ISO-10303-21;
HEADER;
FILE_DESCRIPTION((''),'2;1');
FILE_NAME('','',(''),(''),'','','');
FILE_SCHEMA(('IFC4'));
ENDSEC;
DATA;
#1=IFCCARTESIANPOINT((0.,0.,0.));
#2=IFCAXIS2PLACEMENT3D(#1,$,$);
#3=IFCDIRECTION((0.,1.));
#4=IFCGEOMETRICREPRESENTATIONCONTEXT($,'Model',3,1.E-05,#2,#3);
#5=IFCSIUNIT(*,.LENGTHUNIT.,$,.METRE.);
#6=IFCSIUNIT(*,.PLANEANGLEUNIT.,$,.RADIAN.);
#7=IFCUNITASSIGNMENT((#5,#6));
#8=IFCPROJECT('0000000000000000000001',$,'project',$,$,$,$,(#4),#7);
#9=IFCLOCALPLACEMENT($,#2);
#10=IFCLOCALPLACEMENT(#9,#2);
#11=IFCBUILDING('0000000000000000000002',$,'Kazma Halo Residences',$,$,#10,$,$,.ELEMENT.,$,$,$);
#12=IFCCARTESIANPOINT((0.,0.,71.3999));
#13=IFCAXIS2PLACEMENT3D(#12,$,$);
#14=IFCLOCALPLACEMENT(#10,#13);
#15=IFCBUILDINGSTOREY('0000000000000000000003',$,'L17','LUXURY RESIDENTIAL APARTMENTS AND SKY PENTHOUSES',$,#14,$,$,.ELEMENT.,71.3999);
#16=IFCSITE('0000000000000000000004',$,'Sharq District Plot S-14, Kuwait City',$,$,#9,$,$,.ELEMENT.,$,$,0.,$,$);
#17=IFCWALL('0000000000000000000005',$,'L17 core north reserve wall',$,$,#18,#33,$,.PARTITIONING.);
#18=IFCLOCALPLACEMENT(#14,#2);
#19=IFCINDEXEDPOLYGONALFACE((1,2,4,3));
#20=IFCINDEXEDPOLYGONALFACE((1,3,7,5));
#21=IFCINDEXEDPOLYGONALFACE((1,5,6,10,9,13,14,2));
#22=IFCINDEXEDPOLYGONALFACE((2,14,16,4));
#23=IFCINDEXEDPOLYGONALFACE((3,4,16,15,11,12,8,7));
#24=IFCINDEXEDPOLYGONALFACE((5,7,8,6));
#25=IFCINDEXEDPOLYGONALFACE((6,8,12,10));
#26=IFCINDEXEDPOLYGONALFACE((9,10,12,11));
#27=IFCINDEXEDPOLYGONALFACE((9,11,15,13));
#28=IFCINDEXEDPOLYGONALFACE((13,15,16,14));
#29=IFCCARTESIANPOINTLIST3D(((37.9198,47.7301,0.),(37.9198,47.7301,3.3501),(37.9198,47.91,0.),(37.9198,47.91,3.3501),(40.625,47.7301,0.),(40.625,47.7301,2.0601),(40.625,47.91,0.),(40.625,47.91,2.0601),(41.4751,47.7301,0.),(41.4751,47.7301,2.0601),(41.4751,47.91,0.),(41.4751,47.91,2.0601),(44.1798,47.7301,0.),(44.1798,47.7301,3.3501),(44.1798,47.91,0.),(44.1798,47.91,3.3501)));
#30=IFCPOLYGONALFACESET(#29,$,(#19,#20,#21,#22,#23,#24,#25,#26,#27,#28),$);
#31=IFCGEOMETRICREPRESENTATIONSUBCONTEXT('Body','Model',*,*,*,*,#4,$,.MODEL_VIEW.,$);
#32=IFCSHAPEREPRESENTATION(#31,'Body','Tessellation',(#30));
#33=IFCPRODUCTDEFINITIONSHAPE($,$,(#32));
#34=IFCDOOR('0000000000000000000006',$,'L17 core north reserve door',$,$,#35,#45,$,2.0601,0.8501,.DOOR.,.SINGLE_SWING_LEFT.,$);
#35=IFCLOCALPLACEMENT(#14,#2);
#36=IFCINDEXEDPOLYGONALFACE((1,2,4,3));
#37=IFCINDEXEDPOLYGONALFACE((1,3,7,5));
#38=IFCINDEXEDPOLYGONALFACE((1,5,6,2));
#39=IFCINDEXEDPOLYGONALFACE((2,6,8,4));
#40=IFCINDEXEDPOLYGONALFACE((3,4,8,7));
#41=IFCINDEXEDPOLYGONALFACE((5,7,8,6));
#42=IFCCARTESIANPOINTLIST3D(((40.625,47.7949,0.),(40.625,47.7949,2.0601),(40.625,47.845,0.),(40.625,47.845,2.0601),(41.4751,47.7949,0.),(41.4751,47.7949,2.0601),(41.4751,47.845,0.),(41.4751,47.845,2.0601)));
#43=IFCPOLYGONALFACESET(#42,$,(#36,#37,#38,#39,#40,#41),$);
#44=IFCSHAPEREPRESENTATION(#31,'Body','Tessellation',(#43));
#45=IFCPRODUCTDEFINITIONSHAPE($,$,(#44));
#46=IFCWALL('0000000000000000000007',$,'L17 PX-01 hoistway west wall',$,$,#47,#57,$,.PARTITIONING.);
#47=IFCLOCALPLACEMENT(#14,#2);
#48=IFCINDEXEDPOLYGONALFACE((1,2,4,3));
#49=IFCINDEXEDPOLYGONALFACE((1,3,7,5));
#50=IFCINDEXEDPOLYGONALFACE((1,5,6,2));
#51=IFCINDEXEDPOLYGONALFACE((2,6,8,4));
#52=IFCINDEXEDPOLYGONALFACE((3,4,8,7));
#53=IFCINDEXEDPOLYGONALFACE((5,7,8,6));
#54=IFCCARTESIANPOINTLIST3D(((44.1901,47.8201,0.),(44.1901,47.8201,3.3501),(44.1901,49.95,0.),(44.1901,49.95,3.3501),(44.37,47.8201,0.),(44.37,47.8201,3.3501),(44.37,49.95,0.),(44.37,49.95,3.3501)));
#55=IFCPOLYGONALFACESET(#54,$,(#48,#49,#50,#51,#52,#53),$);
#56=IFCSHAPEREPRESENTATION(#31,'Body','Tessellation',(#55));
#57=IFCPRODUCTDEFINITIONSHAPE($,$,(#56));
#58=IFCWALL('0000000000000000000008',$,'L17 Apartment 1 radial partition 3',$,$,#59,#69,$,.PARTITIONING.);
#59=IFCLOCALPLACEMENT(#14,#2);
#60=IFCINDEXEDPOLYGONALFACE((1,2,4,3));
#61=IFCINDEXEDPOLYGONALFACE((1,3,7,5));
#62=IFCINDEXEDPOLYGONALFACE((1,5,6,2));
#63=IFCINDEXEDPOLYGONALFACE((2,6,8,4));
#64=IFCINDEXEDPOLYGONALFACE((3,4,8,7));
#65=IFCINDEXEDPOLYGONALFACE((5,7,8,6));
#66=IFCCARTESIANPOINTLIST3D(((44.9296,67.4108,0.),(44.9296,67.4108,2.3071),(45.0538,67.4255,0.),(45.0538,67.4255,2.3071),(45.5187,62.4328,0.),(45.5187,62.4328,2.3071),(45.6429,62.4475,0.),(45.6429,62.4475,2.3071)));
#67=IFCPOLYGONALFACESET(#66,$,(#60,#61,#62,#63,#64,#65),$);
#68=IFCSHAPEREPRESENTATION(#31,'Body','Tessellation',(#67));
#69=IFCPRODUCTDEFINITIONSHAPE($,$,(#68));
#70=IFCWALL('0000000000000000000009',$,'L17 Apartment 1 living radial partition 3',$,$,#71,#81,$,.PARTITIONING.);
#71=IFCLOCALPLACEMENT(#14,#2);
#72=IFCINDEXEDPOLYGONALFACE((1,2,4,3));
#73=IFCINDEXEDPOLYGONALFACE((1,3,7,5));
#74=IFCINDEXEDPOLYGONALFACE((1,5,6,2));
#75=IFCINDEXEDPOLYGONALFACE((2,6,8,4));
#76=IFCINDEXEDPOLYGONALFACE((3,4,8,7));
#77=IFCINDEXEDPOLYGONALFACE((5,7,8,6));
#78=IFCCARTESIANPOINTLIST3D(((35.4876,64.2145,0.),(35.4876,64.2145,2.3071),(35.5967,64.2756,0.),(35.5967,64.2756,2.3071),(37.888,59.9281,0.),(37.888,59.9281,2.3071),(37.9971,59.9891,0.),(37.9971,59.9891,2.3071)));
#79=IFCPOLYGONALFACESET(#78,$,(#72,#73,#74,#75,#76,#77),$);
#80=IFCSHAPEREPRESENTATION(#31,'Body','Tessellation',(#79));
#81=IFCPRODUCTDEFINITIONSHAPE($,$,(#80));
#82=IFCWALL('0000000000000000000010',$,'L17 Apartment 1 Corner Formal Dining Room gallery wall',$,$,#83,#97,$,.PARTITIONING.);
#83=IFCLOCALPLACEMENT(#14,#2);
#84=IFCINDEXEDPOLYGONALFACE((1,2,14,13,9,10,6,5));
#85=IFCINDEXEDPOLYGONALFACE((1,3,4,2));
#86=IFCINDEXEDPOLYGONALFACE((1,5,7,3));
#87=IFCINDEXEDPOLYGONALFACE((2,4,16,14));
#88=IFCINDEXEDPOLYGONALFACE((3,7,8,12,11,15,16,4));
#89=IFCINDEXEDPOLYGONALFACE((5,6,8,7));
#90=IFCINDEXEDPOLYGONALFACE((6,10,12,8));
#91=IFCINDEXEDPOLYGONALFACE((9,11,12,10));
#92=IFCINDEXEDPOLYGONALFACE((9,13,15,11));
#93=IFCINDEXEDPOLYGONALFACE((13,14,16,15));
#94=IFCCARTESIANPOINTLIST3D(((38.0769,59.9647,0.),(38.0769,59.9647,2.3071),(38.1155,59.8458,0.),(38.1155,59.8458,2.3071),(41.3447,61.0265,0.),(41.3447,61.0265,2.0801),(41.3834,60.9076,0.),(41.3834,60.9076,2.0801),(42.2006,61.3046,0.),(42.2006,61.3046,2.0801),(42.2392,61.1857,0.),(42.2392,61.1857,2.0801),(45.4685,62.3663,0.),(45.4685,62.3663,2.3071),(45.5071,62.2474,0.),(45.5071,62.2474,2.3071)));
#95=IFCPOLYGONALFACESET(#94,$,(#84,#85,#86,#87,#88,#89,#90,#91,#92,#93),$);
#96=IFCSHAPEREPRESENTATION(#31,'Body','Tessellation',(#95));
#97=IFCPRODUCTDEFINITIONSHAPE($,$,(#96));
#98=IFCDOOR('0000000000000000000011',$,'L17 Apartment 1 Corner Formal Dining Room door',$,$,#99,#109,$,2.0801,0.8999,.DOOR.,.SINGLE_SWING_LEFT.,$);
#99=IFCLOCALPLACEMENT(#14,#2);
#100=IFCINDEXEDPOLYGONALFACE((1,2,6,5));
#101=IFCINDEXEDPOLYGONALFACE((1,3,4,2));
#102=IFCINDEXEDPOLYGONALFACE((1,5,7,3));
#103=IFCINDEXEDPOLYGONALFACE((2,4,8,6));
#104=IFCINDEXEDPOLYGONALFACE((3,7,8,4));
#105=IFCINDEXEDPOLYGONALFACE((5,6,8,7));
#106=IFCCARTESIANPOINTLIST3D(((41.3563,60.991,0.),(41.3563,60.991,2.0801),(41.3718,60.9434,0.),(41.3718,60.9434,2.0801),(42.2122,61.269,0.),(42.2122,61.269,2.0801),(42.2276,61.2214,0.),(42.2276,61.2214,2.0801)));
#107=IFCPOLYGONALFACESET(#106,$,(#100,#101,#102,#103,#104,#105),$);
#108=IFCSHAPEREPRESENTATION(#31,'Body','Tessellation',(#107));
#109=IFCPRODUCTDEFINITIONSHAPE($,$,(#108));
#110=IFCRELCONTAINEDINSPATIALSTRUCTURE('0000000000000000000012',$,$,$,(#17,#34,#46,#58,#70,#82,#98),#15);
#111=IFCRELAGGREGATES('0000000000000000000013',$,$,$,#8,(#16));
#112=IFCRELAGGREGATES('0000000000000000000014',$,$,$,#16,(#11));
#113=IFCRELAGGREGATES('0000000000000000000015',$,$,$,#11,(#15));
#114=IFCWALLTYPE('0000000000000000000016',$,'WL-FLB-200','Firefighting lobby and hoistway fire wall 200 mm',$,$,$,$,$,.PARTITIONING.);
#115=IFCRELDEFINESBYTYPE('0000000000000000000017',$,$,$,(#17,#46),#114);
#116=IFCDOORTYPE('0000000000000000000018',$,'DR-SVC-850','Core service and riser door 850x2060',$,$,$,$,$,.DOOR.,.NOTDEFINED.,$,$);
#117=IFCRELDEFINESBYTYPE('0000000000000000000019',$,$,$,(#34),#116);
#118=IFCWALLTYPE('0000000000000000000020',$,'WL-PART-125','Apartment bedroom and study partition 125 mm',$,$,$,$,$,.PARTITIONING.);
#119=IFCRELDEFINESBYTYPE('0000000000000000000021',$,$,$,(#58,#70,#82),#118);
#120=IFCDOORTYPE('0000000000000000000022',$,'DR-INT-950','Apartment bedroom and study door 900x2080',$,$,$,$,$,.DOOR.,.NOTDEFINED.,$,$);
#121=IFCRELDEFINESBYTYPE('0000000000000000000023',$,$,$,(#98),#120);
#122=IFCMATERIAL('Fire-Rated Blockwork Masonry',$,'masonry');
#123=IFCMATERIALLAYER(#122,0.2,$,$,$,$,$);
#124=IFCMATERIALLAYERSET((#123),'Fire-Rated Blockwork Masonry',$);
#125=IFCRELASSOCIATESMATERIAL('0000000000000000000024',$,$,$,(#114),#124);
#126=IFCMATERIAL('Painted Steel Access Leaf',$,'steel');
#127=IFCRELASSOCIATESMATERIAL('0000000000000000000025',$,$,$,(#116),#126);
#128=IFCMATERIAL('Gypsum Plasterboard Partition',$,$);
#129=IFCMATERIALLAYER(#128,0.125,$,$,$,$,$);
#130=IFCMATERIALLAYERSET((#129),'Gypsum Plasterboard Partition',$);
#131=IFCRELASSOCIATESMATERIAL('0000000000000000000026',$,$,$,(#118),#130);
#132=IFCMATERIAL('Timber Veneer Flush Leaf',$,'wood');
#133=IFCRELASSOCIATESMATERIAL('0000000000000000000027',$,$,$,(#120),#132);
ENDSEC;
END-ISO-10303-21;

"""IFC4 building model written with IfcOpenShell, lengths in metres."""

from ifc_helpers import new_model, si_unit, direction, frame, frame_2d, origin, place, context, subcontext, project, spatial, rectangle, extrude, material, layer, layer_set, type_object, element, fill, save


model = new_model("IFC4")

# Units and contexts
model_context = context("Model", 3, precision=1e-05, world=origin(), true_north=direction((0.0, 1.0)))
body_context = subcontext(model_context, "Body", "Model", "MODEL_VIEW")
ifc_project = project(units=[si_unit("LENGTHUNIT", "METRE"), si_unit("PLANEANGLEUNIT", "RADIAN")], contexts=[model_context])

# Site, building, storey
site_placement = place(None, origin())
site = spatial("IfcSite", under=ifc_project, at=site_placement, Name="Sharq District Plot S-14, Kuwait City", CompositionType="ELEMENT", RefElevation=0.0)
building_placement = place(site_placement, origin())
building = spatial("IfcBuilding", under=site, at=building_placement, Name="Kazma Halo Residences", CompositionType="ELEMENT")
storey_placement = place(building_placement, frame((0.0, 0.0, 71.3999)))
storey = spatial("IfcBuildingStorey", under=building, at=storey_placement, Name="L17", Description="LUXURY RESIDENTIAL APARTMENTS AND SKY PENTHOUSES", CompositionType="ELEMENT", Elevation=71.3999)

# Shared definitions
ifc_material_1 = material(Name="Fire-Rated Blockwork Masonry", Category="masonry")
ifc_layer_1 = layer(ifc_material_1, 0.2)
ifc_layer_set_1 = layer_set([ifc_layer_1], Name="Fire-Rated Blockwork Masonry")
wall_type_1 = type_object("IfcWallType", Name="WL-FLB-200", Description="Firefighting lobby and hoistway fire wall 200 mm", PredefinedType="PARTITIONING", material=ifc_layer_set_1)

# Wall, opening, door
wall_1_placement = place(storey_placement, frame((37.9199, 47.8201, 0.0), z_axis=(0.0, 0.0, 1.0), x_axis=(1.0, 0.0, 0.0)))
wall_1 = element("IfcWall", 1, at=wall_1_placement, inside=storey, type_object=wall_type_1, Name="L17 core north reserve wall", PredefinedType="PARTITIONING", context=body_context, shape_type="SweptSolid", body=[
    extrude(rectangle(XDim=6.26, YDim=0.1799, at=frame_2d((3.1299, 0.0))), origin(), (0.0, 0.0, 1.0), 3.3501),
])
opening_1_placement = place(wall_1_placement, frame((2.7051, 0.0, 0.0)))
opening_1 = element("IfcOpeningElement", 2, at=opening_1_placement, cuts=wall_1, PredefinedType="OPENING", context=body_context, shape_type="SweptSolid", body=[
    extrude(rectangle(XDim=0.8501, YDim=2.0601, at=frame_2d((0.425, 1.03))), frame((0.0, 0.0999, 0.0), z_axis=(0.0, -1.0, 0.0), x_axis=(1.0, 0.0, 0.0)), (0.0, 0.0, 1.0), 0.2),
])
ifc_material_2 = material(Name="Painted Steel Access Leaf", Category="steel")
door_type_1 = type_object("IfcDoorType", Name="DR-SVC-850", Description="Core service and riser door 850x2060", OperationType="NOTDEFINED", PredefinedType="DOOR", material=ifc_material_2)
door_1_placement = place(opening_1_placement, origin())
door_1 = element("IfcDoor", 3, at=door_1_placement, inside=storey, type_object=door_type_1, Name="L17 core north reserve door", OperationType="SINGLE_SWING_LEFT", OverallHeight=2.0601, OverallWidth=0.8501, PredefinedType="DOOR", context=body_context, shape_type="SweptSolid", body=[
    extrude(rectangle(XDim=0.8501, YDim=2.0601, at=frame_2d((0.425, 1.03))), frame((0.0, 0.0249, 0.0), z_axis=(0.0, -1.0, 0.0), x_axis=(1.0, 0.0, 0.0)), (0.0, 0.0, 1.0), 0.05),
])
fill(opening_1, door_1)

# Walls
wall_2_placement = place(storey_placement, frame((44.28, 47.8201, 0.0), z_axis=(0.0, 0.0, 1.0), x_axis=(0.0, 1.0, 0.0)))
element("IfcWall", 4, at=wall_2_placement, inside=storey, type_object=wall_type_1, Name="L17 PX-01 hoistway west wall", PredefinedType="PARTITIONING", context=body_context, shape_type="SweptSolid", body=[
    extrude(rectangle(XDim=2.1299, YDim=0.1799, at=frame_2d((1.0649, 0.0))), origin(), (0.0, 0.0, 1.0), 3.3501),
])
ifc_material_3 = material(Name="Gypsum Plasterboard Partition")
ifc_layer_2 = layer(ifc_material_3, 0.125)
ifc_layer_set_2 = layer_set([ifc_layer_2], Name="Gypsum Plasterboard Partition")
wall_type_2 = type_object("IfcWallType", Name="WL-PART-125", Description="Apartment bedroom and study partition 125 mm", PredefinedType="PARTITIONING", material=ifc_layer_set_2)
wall_3_placement = place(storey_placement, frame((45.5808, 62.4402, 0.0), z_axis=(0.0, 0.0, 1.0), x_axis=(-0.117522, 0.99307, 0.0)))
element("IfcWall", 5, at=wall_3_placement, inside=storey, type_object=wall_type_2, Name="L17 Apartment 1 radial partition 3", PredefinedType="PARTITIONING", context=body_context, shape_type="SweptSolid", body=[
    extrude(rectangle(XDim=5.0127, YDim=0.125, at=frame_2d((2.5063, 0.0))), origin(), (0.0, 0.0, 1.0), 2.3071),
])
wall_4_placement = place(storey_placement, frame((37.9426, 59.9585, 0.0), z_axis=(0.0, 0.0, 1.0), x_axis=(-0.488606, 0.872504, 0.0)))
element("IfcWall", 6, at=wall_4_placement, inside=storey, type_object=wall_type_2, Name="L17 Apartment 1 living radial partition 3", PredefinedType="PARTITIONING", context=body_context, shape_type="SweptSolid", body=[
    extrude(rectangle(XDim=4.9128, YDim=0.125, at=frame_2d((2.4565, 0.0))), origin(), (0.0, 0.0, 1.0), 2.3071),
])

# Wall, opening, door
wall_5_placement = place(storey_placement, frame((45.4878, 62.3069, 0.0), z_axis=(0.0, 0.0, 1.0), x_axis=(-0.951059, -0.309009, 0.0)))
wall_5 = element("IfcWall", 7, at=wall_5_placement, inside=storey, type_object=wall_type_2, Name="L17 Apartment 1 Corner Formal Dining Room gallery wall", PredefinedType="PARTITIONING", context=body_context, shape_type="SweptSolid", body=[
    extrude(rectangle(XDim=7.772, YDim=0.125, at=frame_2d((3.886, 0.0))), origin(), (0.0, 0.0, 1.0), 2.3071),
])
opening_2_placement = place(wall_5_placement, frame((3.436, 0.0, 0.0)))
opening_2 = element("IfcOpeningElement", 8, at=opening_2_placement, cuts=wall_5, PredefinedType="OPENING", context=body_context, shape_type="SweptSolid", body=[
    extrude(rectangle(XDim=0.8999, YDim=2.0801, at=frame_2d((0.45, 1.04))), frame((0.0, 0.0725, 0.0), z_axis=(0.0, -1.0, 0.0), x_axis=(1.0, 0.0, 0.0)), (0.0, 0.0, 1.0), 0.145),
])
ifc_material_4 = material(Name="Timber Veneer Flush Leaf", Category="wood")
door_type_2 = type_object("IfcDoorType", Name="DR-INT-950", Description="Apartment bedroom and study door 900x2080", OperationType="NOTDEFINED", PredefinedType="DOOR", material=ifc_material_4)
door_2_placement = place(opening_2_placement, origin())
door_2 = element("IfcDoor", 9, at=door_2_placement, inside=storey, type_object=door_type_2, Name="L17 Apartment 1 Corner Formal Dining Room door", OperationType="SINGLE_SWING_LEFT", OverallHeight=2.0801, OverallWidth=0.8999, PredefinedType="DOOR", context=body_context, shape_type="SweptSolid", body=[
    extrude(rectangle(XDim=0.8999, YDim=2.0801, at=frame_2d((0.45, 1.04))), frame((0.0, 0.0249, 0.0), z_axis=(0.0, -1.0, 0.0), x_axis=(1.0, 0.0, 0.0)), (0.0, 0.0, 1.0), 0.05),
])
fill(opening_2, door_2)

save(model, "model.ifc")
